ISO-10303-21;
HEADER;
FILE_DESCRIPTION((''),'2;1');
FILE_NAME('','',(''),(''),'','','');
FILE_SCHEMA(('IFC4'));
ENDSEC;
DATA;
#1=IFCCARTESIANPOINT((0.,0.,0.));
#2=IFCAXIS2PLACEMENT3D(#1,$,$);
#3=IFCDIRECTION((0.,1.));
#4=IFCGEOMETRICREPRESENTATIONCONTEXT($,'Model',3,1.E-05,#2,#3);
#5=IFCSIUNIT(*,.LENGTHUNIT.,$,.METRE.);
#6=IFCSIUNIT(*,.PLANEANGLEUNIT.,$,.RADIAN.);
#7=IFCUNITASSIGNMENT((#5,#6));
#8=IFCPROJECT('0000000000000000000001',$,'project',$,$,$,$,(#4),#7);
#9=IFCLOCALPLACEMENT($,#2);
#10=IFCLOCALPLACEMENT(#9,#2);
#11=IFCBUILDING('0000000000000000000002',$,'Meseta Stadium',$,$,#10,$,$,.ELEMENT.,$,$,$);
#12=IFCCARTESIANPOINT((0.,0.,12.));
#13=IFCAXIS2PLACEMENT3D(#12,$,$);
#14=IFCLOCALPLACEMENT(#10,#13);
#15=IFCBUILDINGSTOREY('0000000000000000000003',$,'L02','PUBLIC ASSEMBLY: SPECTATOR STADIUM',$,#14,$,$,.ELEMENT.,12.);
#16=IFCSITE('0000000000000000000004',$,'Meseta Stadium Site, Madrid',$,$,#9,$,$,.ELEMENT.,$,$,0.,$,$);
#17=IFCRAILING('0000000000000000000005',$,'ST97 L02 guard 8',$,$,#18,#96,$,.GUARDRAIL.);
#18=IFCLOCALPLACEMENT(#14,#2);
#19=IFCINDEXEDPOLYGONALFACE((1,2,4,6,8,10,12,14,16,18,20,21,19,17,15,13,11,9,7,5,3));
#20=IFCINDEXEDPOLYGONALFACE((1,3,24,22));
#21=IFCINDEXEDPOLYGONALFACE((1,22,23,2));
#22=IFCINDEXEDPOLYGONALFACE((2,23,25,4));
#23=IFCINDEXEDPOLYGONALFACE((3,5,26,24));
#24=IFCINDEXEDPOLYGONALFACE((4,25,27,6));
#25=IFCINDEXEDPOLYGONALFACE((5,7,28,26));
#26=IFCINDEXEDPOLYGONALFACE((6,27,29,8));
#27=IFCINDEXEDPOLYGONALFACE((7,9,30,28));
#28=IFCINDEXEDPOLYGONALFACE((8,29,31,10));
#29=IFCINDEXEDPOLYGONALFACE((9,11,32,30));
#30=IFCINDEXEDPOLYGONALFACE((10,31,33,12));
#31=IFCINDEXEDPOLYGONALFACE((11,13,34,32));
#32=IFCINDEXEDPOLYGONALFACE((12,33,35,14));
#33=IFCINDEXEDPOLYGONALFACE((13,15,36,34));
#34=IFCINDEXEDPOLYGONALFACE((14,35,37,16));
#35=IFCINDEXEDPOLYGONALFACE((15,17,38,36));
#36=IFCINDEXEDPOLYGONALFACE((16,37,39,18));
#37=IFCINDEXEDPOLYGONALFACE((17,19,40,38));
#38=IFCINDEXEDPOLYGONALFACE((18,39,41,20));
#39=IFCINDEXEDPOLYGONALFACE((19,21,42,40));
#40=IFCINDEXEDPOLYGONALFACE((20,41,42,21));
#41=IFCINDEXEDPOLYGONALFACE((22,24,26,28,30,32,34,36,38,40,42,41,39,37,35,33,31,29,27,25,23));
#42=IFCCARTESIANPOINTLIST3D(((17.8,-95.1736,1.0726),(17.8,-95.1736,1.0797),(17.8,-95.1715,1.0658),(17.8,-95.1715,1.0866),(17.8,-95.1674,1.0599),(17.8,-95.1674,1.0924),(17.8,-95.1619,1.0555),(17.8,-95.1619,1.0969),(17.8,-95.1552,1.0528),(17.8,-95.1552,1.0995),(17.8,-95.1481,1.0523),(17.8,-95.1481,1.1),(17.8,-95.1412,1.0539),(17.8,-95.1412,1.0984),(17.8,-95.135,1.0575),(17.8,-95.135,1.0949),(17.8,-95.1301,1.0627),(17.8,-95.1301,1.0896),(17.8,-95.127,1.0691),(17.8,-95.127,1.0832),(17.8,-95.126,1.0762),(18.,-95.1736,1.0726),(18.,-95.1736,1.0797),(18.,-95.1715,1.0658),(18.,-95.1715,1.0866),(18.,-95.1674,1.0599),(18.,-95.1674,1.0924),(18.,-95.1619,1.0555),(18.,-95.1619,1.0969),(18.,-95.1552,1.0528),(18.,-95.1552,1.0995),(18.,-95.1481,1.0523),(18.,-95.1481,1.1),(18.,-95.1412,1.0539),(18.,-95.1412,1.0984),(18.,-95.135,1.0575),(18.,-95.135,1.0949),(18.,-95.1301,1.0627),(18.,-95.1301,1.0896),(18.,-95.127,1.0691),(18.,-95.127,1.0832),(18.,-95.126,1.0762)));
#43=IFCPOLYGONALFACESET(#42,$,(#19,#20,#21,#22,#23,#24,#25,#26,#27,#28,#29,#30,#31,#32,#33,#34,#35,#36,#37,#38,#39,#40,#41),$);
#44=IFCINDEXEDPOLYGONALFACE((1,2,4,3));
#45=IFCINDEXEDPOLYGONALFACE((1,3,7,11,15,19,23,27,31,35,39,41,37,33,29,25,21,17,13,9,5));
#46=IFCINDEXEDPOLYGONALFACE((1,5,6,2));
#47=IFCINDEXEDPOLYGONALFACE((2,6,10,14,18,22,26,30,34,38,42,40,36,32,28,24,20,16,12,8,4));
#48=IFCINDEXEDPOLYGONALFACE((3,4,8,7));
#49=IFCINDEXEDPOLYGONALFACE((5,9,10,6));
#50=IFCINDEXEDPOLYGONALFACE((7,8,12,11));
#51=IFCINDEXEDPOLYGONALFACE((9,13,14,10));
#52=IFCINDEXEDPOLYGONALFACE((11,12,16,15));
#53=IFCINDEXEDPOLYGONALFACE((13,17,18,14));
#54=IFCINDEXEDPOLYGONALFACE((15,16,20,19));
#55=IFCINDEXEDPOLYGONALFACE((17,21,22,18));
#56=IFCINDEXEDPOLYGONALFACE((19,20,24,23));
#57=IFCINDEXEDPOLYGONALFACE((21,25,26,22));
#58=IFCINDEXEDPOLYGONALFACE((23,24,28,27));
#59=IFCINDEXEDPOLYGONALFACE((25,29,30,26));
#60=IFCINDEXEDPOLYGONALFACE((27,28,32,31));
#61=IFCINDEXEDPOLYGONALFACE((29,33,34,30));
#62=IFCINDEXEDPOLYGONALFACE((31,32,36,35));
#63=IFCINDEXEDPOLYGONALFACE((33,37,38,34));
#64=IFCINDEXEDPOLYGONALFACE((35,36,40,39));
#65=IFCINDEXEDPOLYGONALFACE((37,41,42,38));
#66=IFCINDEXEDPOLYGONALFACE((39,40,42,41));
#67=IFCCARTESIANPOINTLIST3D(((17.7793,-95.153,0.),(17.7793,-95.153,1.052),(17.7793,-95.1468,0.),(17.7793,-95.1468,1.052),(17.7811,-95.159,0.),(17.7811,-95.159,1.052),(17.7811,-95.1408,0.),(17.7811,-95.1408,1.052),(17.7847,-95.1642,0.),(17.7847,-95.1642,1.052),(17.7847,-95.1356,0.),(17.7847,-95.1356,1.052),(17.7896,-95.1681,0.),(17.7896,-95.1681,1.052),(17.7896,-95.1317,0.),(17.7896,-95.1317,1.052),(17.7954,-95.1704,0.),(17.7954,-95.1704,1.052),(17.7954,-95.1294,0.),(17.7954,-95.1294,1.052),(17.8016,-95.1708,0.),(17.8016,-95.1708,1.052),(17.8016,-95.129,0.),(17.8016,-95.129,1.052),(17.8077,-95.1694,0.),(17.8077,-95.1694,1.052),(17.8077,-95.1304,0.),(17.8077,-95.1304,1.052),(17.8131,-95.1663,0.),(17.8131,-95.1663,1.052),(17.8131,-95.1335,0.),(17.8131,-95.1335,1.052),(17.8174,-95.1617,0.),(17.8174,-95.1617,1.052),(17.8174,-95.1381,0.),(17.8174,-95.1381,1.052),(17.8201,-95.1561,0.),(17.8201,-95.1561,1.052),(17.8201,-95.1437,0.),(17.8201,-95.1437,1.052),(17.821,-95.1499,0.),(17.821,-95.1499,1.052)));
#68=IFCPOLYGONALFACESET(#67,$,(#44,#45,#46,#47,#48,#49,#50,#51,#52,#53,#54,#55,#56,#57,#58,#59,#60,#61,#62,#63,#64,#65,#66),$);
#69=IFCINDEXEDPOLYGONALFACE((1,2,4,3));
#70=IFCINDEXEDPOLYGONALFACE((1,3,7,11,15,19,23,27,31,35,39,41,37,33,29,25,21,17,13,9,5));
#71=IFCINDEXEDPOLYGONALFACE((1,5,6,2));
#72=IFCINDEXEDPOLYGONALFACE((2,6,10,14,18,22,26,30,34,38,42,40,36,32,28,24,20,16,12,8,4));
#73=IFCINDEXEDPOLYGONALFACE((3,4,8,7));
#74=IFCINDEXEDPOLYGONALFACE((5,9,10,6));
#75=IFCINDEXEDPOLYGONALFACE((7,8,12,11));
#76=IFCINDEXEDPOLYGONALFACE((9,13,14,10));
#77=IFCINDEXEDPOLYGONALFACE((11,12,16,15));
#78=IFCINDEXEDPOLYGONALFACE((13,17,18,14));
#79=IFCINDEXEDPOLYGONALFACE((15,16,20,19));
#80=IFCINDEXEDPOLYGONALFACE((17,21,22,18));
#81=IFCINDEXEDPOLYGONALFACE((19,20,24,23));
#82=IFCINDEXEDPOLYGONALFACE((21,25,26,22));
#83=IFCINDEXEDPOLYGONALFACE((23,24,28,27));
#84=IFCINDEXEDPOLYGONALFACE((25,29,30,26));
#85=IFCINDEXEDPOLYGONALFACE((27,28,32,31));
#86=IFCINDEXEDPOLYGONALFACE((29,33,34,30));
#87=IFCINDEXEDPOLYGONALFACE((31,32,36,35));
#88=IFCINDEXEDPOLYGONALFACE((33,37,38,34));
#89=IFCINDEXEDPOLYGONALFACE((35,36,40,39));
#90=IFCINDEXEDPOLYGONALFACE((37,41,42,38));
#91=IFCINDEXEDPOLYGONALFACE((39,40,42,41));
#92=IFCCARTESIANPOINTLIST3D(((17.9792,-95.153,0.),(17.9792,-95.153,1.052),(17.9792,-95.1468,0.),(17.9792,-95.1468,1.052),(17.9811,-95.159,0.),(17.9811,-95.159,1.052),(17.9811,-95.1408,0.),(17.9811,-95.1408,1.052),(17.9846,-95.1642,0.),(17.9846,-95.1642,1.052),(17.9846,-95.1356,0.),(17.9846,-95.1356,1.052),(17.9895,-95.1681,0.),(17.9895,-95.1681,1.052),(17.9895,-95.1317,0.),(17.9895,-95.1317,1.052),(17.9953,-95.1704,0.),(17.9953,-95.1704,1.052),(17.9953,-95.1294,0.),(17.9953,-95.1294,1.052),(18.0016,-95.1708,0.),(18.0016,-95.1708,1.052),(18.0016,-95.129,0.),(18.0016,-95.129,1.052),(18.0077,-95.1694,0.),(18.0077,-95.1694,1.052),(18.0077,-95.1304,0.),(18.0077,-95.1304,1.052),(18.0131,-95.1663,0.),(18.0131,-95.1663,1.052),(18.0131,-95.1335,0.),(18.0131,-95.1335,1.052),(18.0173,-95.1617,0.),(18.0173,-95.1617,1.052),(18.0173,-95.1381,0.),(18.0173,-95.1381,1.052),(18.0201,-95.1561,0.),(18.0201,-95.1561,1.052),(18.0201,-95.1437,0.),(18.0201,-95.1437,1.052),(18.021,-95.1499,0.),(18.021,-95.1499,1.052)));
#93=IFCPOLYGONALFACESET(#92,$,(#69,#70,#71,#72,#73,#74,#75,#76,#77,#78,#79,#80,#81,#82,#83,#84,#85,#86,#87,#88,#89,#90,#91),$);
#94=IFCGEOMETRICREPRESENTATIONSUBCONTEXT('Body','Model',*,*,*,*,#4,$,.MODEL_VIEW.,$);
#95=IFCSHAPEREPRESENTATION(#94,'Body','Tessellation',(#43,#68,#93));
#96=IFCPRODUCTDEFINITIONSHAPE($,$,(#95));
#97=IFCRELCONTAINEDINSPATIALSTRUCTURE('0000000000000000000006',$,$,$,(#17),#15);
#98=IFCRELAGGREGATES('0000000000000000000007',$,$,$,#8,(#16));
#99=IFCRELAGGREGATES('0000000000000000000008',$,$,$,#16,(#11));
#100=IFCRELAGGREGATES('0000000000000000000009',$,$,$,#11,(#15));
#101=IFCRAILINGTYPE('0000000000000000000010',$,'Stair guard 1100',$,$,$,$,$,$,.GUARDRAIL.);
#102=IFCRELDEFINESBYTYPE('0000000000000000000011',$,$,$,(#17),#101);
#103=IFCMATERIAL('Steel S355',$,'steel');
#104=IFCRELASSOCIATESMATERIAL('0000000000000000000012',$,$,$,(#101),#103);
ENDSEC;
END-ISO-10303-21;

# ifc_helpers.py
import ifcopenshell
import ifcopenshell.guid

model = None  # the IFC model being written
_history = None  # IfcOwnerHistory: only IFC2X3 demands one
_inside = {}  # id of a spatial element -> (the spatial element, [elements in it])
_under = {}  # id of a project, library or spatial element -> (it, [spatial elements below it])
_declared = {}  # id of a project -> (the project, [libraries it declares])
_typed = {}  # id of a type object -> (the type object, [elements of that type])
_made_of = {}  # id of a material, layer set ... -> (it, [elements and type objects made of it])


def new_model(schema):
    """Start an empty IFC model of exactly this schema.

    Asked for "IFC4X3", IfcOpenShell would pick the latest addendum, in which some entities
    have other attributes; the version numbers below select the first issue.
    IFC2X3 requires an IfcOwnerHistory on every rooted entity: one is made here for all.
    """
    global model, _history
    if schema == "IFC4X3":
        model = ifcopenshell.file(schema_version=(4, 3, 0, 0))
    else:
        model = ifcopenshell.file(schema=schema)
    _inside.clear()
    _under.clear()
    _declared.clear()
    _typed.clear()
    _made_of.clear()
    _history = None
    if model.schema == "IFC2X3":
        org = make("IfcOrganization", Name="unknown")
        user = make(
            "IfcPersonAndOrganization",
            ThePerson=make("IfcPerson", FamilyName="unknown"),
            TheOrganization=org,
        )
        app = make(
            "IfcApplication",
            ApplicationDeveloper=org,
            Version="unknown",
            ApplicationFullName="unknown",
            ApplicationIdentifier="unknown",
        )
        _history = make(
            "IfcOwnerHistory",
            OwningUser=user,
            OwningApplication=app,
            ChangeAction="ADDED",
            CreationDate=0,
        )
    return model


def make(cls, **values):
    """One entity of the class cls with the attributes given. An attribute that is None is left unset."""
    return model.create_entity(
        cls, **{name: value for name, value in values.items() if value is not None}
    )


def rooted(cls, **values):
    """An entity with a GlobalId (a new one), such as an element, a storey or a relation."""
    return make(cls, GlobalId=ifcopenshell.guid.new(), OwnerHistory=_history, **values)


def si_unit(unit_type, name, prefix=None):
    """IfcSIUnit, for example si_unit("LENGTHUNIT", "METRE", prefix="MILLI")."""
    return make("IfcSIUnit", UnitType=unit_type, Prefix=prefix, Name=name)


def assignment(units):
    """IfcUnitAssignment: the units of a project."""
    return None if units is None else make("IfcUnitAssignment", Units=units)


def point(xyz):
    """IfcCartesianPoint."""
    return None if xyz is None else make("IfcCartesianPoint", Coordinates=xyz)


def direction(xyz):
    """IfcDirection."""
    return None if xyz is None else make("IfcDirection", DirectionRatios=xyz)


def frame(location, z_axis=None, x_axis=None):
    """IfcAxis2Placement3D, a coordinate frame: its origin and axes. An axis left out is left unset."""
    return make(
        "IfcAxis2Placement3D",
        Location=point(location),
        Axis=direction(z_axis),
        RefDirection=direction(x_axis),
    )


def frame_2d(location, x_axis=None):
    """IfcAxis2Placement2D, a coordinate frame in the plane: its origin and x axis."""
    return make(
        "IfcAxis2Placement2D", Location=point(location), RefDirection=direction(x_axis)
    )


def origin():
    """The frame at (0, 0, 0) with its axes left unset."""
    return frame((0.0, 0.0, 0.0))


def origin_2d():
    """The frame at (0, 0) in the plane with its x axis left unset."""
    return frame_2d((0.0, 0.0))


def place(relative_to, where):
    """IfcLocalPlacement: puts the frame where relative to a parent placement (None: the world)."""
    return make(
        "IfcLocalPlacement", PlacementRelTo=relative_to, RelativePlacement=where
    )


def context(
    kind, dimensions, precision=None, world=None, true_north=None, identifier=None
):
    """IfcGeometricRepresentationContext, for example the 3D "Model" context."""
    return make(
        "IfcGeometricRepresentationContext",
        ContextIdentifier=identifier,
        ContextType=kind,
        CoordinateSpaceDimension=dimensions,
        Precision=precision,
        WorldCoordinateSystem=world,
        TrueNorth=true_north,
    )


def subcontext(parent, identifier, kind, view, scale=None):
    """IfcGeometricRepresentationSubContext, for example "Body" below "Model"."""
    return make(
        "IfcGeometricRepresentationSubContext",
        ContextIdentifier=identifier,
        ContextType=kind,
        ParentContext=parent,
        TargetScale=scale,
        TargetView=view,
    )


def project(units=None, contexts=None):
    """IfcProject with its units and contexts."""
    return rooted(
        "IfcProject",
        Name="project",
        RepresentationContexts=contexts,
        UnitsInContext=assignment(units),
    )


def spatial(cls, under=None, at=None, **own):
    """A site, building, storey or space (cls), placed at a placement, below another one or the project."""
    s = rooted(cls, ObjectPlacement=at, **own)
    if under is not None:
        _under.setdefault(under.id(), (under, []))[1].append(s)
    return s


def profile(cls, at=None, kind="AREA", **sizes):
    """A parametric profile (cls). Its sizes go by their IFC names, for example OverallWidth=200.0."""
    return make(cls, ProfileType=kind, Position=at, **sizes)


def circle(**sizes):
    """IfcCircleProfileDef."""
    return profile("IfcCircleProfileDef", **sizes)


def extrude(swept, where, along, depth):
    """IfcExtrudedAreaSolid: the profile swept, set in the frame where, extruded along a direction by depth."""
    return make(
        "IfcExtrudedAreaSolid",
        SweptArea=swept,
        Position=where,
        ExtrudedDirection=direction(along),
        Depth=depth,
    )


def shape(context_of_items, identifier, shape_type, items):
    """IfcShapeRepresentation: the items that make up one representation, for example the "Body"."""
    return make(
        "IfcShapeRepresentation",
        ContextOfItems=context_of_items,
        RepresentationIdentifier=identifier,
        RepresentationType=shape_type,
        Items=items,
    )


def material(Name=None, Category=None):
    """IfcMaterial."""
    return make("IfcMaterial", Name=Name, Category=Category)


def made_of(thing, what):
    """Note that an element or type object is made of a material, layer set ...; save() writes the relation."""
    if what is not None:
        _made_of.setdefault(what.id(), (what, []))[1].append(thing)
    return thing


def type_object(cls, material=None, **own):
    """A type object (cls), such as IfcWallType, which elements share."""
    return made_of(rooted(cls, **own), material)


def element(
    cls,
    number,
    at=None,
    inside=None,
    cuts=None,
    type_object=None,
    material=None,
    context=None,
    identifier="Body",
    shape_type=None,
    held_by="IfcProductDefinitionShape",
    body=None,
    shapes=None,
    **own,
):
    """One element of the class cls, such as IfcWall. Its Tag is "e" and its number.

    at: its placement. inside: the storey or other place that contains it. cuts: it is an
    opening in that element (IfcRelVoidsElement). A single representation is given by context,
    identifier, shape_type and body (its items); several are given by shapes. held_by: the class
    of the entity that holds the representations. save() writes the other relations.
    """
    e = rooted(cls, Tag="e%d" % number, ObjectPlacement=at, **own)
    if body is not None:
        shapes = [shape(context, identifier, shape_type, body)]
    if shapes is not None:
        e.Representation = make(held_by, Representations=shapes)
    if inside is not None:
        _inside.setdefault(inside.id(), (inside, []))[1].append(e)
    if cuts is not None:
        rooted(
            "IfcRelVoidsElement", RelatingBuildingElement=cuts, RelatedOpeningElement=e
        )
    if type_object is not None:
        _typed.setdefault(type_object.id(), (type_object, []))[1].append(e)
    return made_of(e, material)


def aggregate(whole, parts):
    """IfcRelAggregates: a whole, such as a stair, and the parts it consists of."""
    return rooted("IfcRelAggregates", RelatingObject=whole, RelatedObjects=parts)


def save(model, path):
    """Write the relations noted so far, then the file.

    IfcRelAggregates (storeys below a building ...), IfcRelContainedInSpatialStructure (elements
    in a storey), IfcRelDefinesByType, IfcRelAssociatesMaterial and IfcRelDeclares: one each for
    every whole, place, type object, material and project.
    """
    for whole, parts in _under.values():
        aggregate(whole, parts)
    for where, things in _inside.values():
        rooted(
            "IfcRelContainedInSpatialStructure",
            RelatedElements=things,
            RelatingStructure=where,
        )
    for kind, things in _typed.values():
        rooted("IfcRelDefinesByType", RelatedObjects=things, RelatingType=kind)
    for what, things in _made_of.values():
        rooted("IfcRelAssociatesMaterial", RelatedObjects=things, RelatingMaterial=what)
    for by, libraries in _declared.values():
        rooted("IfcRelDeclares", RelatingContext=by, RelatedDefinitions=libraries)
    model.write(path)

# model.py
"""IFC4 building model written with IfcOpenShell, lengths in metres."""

from ifc_helpers import new_model, si_unit, direction, frame, origin, origin_2d, place, context, subcontext, project, spatial, circle, extrude, material, type_object, element, save


model = new_model("IFC4")

# Units and contexts
model_context = context("Model", 3, precision=1e-05, world=origin(), true_north=direction((0.0, 1.0)))
body_context = subcontext(model_context, "Body", "Model", "MODEL_VIEW")
ifc_project = project(units=[si_unit("LENGTHUNIT", "METRE"), si_unit("PLANEANGLEUNIT", "RADIAN")], contexts=[model_context])

# Site, building, storey
site_placement = place(None, origin())
site = spatial("IfcSite", under=ifc_project, at=site_placement, Name="Meseta Stadium Site, Madrid", CompositionType="ELEMENT", RefElevation=0.0)
building_placement = place(site_placement, origin())
building = spatial("IfcBuilding", under=site, at=building_placement, Name="Meseta Stadium", CompositionType="ELEMENT")
storey_placement = place(building_placement, frame((0.0, 0.0, 12.0)))
storey = spatial("IfcBuildingStorey", under=building, at=storey_placement, Name="L02", Description="PUBLIC ASSEMBLY: SPECTATOR STADIUM", CompositionType="ELEMENT", Elevation=12.0)

# Railing
ifc_material_1 = material(Name="Steel S355", Category="steel")
railing_type_1 = type_object("IfcRailingType", Name="Stair guard 1100", PredefinedType="GUARDRAIL", material=ifc_material_1)
railing_1_placement = place(storey_placement, frame((17.8, -95.1499, 0.0)))
element("IfcRailing", 1, at=railing_1_placement, inside=storey, type_object=railing_type_1, Name="ST97 L02 guard 8", PredefinedType="GUARDRAIL", context=body_context, shape_type="SweptSolid", body=[
    extrude(circle(Radius=0.0239, at=origin_2d()), frame((0.0, 0.0, 1.0762), z_axis=(1.0, 0.0, 0.0), x_axis=(0.0, 1.0, 0.0)), (0.0, 0.0, 1.0), 0.2),
    extrude(circle(Radius=0.021, at=origin_2d()), origin(), (0.0, 0.0, 1.0), 1.052),
    extrude(circle(Radius=0.021, at=origin_2d()), frame((0.2, 0.0, 0.0)), (0.0, 0.0, 1.0), 1.052),
])

save(model, "model.ifc")
